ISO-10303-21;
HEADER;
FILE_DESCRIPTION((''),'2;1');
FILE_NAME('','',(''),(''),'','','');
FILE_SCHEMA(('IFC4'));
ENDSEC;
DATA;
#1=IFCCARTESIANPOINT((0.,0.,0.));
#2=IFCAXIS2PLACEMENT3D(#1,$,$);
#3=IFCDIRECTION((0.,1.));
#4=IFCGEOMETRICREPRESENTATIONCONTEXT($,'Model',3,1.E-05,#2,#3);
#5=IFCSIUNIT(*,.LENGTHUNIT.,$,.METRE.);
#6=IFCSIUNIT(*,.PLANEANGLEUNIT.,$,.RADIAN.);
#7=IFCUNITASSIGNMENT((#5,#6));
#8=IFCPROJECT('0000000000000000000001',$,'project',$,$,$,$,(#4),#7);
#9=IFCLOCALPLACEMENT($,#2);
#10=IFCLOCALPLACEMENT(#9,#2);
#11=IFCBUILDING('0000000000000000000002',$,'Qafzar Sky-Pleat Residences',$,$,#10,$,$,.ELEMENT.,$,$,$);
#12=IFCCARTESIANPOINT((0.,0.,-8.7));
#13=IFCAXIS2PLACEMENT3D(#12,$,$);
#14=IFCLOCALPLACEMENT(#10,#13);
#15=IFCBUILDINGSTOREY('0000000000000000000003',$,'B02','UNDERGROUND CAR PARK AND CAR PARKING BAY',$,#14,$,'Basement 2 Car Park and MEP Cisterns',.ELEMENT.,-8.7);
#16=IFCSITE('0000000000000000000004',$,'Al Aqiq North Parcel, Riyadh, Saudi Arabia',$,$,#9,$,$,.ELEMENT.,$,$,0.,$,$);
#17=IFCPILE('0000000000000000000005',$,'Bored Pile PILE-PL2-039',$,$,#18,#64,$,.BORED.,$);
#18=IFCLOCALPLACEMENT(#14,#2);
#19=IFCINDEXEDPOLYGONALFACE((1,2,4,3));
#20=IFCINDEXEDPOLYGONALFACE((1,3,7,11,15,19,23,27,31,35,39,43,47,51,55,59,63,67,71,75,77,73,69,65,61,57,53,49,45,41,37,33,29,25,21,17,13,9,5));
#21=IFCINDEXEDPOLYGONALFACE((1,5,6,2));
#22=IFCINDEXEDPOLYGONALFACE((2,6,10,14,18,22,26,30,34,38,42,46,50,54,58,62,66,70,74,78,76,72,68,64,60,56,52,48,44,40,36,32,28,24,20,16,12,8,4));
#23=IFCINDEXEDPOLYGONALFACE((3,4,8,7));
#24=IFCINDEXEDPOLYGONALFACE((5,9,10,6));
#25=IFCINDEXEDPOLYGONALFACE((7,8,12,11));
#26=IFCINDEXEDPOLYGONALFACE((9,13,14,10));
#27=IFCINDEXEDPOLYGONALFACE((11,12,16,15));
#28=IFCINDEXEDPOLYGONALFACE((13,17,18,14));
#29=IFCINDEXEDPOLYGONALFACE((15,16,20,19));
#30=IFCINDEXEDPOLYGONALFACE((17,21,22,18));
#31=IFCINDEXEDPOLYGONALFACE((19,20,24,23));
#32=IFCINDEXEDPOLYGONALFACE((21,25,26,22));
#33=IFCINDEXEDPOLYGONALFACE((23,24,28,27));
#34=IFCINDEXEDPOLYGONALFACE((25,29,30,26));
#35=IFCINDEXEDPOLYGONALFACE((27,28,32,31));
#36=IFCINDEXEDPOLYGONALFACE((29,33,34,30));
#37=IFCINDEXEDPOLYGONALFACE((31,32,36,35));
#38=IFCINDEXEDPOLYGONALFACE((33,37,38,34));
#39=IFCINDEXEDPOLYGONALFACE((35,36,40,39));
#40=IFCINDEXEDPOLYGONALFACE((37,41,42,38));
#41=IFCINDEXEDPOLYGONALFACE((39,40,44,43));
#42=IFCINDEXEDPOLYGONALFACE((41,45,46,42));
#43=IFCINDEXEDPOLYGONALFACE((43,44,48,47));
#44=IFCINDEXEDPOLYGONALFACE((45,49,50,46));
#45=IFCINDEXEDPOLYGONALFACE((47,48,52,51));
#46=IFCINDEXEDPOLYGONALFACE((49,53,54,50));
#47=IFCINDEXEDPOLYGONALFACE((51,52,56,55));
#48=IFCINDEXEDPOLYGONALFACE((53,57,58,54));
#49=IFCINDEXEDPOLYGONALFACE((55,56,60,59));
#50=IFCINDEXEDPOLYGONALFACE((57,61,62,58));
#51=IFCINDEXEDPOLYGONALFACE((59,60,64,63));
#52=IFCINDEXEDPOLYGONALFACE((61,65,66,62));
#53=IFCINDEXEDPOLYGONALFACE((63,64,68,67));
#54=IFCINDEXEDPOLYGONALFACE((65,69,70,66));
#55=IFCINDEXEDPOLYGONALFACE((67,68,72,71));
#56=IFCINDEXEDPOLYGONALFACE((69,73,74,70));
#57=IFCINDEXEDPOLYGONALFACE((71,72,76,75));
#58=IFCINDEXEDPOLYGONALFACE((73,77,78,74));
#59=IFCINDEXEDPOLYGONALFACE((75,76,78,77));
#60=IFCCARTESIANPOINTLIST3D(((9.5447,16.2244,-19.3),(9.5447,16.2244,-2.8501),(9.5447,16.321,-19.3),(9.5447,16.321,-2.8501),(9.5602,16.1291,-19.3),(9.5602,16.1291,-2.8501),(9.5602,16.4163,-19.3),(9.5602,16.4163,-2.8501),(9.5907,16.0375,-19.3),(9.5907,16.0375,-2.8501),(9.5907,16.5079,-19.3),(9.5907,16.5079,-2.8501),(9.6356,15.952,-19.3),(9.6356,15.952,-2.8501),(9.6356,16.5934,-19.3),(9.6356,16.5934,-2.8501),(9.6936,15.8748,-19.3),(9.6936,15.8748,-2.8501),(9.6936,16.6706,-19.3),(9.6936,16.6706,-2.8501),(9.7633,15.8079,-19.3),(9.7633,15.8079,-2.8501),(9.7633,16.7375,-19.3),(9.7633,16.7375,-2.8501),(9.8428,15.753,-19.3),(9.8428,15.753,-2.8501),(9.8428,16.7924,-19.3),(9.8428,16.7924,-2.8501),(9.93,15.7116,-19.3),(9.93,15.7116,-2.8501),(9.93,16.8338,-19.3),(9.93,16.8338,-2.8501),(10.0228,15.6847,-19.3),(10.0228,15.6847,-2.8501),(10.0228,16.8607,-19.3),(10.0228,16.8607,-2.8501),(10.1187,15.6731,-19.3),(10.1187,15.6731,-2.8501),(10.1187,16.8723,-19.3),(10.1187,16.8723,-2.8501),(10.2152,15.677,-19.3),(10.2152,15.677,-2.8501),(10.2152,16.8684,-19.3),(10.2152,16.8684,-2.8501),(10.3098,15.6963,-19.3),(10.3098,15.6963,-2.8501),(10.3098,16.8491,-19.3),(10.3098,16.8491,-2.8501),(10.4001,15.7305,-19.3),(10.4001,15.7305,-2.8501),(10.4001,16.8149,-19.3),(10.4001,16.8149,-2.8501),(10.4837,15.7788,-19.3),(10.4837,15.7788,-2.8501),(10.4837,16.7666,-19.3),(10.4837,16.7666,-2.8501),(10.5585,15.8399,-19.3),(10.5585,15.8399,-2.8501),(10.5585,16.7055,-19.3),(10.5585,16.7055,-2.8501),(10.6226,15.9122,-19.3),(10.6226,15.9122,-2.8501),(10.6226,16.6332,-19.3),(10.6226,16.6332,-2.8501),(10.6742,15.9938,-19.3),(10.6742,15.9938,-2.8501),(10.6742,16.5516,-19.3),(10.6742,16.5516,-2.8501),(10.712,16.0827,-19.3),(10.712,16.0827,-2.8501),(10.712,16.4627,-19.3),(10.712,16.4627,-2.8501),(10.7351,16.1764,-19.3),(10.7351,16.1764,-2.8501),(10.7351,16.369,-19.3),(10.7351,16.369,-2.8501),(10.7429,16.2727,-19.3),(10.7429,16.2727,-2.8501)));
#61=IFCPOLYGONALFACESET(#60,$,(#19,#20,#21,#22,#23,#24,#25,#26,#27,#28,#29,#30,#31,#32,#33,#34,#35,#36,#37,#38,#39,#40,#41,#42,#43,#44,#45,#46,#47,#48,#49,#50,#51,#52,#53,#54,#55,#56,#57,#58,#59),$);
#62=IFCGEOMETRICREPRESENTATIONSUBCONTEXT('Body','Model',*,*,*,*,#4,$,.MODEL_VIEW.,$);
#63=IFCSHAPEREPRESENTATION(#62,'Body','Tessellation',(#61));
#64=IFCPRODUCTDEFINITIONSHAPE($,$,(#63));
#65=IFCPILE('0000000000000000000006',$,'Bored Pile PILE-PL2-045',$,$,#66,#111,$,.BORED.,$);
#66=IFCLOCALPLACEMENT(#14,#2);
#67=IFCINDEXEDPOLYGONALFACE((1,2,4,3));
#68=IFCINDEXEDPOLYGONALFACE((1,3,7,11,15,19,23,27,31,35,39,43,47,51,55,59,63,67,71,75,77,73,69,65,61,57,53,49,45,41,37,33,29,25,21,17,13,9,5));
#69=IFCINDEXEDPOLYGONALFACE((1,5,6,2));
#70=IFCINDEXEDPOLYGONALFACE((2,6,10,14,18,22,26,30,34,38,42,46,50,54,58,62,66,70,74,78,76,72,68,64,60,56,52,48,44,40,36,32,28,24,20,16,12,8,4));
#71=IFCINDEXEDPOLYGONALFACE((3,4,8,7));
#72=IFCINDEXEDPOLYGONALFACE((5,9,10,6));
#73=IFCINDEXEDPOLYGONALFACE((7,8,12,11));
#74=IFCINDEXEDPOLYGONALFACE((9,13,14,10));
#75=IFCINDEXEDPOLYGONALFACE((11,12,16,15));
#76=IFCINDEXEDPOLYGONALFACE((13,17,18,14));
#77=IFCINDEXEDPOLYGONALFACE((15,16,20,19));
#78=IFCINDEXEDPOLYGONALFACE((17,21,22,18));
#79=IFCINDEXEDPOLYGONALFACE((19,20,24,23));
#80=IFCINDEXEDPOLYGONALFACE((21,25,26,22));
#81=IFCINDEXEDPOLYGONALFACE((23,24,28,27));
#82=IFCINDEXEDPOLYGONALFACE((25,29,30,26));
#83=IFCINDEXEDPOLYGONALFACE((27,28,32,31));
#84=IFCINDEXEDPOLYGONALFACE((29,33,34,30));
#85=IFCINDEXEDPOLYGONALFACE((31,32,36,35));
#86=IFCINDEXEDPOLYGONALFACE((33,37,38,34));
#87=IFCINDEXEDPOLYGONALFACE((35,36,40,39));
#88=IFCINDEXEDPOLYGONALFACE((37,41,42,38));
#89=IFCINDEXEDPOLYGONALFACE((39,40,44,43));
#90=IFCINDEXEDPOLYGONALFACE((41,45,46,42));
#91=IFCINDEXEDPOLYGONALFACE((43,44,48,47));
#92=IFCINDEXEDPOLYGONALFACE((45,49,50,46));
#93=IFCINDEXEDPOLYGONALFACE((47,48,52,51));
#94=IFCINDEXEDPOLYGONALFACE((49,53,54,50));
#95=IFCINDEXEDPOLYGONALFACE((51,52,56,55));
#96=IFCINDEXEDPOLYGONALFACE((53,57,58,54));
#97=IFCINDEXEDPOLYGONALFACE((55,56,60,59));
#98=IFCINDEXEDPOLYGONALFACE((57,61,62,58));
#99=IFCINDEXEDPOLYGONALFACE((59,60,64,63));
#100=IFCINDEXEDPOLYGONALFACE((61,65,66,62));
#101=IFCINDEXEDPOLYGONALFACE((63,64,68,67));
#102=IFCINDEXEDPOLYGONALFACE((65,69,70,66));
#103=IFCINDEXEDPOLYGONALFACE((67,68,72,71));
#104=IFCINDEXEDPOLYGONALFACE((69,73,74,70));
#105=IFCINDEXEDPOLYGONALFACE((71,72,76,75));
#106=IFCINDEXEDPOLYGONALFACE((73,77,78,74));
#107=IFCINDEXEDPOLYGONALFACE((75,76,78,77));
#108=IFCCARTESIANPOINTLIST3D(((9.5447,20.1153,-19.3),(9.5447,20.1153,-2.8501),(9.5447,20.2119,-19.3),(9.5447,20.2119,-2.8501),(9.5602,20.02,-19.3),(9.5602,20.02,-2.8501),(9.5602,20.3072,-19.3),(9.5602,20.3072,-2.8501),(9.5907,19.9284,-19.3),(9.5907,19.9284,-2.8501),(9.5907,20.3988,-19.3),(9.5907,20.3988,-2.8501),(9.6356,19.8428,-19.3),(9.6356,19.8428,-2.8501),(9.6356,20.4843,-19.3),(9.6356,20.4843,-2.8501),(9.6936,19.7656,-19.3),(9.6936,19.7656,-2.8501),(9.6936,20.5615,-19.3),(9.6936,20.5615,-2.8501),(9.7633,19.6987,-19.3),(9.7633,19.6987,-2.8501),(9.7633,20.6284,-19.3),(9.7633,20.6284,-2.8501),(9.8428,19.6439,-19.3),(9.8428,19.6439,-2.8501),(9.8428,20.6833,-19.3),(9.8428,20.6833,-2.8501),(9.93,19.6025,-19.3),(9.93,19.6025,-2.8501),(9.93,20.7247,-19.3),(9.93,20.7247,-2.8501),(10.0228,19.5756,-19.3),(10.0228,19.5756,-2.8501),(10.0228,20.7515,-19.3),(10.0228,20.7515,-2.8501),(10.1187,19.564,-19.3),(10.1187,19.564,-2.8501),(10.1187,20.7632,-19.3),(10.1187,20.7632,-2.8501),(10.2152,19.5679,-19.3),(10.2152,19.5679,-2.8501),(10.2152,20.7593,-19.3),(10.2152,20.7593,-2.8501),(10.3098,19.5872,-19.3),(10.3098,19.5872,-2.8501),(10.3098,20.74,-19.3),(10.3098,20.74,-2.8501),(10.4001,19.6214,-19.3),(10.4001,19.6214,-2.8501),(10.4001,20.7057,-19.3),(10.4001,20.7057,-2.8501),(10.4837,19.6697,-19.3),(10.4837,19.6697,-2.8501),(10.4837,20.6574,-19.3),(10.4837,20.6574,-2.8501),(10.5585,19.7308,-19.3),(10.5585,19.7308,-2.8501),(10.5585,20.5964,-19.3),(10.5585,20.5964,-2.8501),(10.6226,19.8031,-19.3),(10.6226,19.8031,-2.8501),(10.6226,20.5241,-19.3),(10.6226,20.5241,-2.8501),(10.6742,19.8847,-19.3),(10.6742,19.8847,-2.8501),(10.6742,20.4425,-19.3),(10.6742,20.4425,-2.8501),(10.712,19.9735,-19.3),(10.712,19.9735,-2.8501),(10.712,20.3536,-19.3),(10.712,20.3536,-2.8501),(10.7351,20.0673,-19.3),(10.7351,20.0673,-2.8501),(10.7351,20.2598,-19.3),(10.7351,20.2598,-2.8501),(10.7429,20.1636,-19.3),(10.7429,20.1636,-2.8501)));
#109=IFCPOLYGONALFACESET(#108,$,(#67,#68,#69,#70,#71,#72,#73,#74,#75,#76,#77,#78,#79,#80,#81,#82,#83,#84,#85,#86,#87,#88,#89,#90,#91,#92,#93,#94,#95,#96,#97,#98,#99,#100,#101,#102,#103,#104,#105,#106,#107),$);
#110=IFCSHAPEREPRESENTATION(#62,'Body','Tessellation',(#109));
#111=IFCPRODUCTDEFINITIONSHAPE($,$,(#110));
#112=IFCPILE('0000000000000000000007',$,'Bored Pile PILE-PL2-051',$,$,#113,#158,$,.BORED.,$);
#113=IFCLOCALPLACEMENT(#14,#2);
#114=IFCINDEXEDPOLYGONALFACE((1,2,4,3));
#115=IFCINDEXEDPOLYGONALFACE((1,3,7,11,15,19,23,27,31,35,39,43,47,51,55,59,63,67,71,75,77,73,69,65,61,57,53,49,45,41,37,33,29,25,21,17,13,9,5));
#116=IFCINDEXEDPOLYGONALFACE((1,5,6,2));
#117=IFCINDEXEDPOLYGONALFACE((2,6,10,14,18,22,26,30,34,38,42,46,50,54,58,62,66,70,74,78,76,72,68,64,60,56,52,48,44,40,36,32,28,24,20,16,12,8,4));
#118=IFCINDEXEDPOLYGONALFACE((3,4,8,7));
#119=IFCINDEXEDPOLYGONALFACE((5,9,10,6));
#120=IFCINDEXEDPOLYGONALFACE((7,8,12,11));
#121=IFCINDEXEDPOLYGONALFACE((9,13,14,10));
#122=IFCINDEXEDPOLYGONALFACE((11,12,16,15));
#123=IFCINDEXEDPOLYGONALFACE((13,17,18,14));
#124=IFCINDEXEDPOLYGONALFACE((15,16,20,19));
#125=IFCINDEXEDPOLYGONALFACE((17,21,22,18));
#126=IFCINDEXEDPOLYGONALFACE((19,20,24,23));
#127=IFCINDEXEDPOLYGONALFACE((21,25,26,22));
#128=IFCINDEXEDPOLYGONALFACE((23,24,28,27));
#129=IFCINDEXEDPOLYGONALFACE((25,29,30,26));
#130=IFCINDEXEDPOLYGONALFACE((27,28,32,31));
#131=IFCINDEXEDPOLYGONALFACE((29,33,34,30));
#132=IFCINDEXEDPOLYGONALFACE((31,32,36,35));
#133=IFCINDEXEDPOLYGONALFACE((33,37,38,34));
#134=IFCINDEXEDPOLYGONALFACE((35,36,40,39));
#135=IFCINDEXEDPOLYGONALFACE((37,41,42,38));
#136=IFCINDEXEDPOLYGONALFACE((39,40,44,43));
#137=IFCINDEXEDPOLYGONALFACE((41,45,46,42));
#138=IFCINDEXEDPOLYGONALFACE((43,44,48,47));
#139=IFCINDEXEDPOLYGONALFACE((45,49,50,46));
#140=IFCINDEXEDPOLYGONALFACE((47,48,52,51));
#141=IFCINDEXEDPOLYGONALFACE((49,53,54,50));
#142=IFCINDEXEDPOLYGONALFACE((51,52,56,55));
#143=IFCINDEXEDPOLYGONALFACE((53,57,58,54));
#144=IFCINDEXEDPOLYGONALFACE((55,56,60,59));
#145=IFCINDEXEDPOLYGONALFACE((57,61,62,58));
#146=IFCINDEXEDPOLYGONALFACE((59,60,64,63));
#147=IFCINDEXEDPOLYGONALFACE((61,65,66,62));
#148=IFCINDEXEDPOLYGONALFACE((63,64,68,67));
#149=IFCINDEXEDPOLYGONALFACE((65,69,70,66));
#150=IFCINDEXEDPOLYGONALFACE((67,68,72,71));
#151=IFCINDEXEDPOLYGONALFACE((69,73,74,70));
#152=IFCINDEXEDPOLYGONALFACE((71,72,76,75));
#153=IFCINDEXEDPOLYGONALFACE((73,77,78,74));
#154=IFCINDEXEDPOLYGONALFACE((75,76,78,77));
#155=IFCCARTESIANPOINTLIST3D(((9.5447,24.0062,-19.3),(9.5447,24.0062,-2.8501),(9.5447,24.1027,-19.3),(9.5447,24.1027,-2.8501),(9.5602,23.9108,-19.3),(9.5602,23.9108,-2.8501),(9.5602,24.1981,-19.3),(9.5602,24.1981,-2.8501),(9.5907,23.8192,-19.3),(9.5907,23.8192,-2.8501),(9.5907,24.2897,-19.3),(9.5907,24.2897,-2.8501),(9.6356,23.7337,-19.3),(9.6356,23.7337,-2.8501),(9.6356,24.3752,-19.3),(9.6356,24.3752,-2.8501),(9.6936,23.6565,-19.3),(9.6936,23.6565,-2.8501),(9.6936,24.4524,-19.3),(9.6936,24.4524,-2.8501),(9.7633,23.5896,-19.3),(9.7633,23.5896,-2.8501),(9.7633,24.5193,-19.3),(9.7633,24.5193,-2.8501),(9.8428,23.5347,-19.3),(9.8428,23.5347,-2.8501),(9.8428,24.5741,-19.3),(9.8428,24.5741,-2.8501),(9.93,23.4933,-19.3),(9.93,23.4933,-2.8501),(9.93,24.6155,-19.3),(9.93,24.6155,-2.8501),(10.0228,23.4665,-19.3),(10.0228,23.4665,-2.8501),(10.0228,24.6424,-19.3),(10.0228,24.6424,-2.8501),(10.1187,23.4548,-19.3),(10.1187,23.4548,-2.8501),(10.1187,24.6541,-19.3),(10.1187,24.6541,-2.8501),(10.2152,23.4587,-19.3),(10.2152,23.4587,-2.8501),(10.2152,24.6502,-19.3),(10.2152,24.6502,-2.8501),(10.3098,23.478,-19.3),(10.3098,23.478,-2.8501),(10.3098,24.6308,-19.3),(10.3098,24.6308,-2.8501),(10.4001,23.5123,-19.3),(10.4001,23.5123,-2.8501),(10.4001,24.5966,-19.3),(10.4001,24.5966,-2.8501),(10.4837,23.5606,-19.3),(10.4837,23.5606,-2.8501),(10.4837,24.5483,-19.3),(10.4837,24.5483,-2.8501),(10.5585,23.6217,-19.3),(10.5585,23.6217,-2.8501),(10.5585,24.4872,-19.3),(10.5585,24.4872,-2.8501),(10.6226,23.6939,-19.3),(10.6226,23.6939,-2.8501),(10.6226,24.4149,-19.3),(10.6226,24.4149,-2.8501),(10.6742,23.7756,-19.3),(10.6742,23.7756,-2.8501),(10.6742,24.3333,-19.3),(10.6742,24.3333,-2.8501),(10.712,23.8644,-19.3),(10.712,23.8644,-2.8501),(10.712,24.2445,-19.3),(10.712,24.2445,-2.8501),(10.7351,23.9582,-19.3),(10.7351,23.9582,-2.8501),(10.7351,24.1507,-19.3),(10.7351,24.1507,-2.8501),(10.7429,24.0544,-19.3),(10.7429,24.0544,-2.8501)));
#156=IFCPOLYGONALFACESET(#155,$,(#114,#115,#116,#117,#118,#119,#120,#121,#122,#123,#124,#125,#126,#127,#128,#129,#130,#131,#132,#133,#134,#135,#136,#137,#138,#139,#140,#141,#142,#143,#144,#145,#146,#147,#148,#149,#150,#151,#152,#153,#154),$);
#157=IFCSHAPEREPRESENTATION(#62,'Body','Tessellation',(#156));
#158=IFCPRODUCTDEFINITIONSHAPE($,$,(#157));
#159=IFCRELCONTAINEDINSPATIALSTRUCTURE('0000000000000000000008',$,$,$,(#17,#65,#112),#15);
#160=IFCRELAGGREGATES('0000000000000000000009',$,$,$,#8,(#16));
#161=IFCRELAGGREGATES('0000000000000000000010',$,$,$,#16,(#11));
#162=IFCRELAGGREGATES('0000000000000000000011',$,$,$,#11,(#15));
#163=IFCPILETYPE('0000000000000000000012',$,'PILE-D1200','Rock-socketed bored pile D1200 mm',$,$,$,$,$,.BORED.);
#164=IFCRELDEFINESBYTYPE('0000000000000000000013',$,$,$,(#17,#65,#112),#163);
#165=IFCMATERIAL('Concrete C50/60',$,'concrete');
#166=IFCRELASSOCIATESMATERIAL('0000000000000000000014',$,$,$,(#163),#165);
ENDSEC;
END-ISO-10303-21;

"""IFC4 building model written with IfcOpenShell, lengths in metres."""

from ifc_helpers import new_model, si_unit, direction, frame, origin, origin_2d, place, context, subcontext, project, spatial, circle, extrude, source, transform, mapped, material, material_profile, profile_set, type_object, element, save


model = new_model("IFC4")

# Units and contexts
model_context = context("Model", 3, precision=1e-05, world=origin(), true_north=direction((0.0, 1.0)))
body_context = subcontext(model_context, "Body", "Model", "MODEL_VIEW")
ifc_project = project(units=[si_unit("LENGTHUNIT", "METRE"), si_unit("PLANEANGLEUNIT", "RADIAN")], contexts=[model_context])

# Site, building, storey
site_placement = place(None, origin())
site = spatial("IfcSite", under=ifc_project, at=site_placement, Name="Al Aqiq North Parcel, Riyadh, Saudi Arabia", CompositionType="ELEMENT", RefElevation=0.0)
building_placement = place(site_placement, origin())
building = spatial("IfcBuilding", under=site, at=building_placement, Name="Qafzar Sky-Pleat Residences", CompositionType="ELEMENT")
storey_placement = place(building_placement, frame((0.0, 0.0, -8.7)))
storey = spatial("IfcBuildingStorey", under=building, at=storey_placement, Name="B02", Description="UNDERGROUND CAR PARK AND CAR PARKING BAY", LongName="Basement 2 Car Park and MEP Cisterns", CompositionType="ELEMENT", Elevation=-8.7)

# Piles
ifc_material_1 = material(Name="Concrete C50/60", Category="concrete")
ifc_material_profile_1 = material_profile(ifc_material_1, circle(Radius=0.6001, at=origin_2d()), Name="PILE D1200")
ifc_profile_set_1 = profile_set([ifc_material_profile_1], Name="Concrete C50/60")
pile_type_1 = type_object("IfcPileType", Name="PILE-D1200", Description="Rock-socketed bored pile D1200 mm", PredefinedType="BORED", material=ifc_profile_set_1)
shared_shape_1 = source(origin(), body_context, "Body", "SweptSolid", [
    extrude(circle(Radius=0.6001, at=origin_2d()), origin(), (0.0, 0.0, 1.0), 16.45),
])
for number, where, z_axis, x_axis, name in (
    (1, (10.1428, 16.2727, -2.8501), (0.0, 0.0, -1.0), (1.0, 0.0, 0.0), "Bored Pile PILE-PL2-039"),
    (2, (10.1428, 20.1636, -2.8501), (0.0, 0.0, -1.0), (1.0, 0.0, 0.0), "Bored Pile PILE-PL2-045"),
    (3, (10.1428, 24.0544, -2.8501), (0.0, 0.0, -1.0), (1.0, 0.0, 0.0), "Bored Pile PILE-PL2-051"),
):
    element("IfcPile", number, at=place(storey_placement, frame(where, z_axis=z_axis, x_axis=x_axis)), inside=storey, type_object=pile_type_1, Name=name, PredefinedType="BORED", context=body_context, shape_type="MappedRepresentation", body=[
        mapped(shared_shape_1, transform((0.0, 0.0, 0.0), x_axis=(1.0, 0.0, 0.0), y_axis=(0.0, 1.0, 0.0), z_axis=(0.0, 0.0, 1.0), scale=1.0)),
    ])

save(model, "model.ifc")
